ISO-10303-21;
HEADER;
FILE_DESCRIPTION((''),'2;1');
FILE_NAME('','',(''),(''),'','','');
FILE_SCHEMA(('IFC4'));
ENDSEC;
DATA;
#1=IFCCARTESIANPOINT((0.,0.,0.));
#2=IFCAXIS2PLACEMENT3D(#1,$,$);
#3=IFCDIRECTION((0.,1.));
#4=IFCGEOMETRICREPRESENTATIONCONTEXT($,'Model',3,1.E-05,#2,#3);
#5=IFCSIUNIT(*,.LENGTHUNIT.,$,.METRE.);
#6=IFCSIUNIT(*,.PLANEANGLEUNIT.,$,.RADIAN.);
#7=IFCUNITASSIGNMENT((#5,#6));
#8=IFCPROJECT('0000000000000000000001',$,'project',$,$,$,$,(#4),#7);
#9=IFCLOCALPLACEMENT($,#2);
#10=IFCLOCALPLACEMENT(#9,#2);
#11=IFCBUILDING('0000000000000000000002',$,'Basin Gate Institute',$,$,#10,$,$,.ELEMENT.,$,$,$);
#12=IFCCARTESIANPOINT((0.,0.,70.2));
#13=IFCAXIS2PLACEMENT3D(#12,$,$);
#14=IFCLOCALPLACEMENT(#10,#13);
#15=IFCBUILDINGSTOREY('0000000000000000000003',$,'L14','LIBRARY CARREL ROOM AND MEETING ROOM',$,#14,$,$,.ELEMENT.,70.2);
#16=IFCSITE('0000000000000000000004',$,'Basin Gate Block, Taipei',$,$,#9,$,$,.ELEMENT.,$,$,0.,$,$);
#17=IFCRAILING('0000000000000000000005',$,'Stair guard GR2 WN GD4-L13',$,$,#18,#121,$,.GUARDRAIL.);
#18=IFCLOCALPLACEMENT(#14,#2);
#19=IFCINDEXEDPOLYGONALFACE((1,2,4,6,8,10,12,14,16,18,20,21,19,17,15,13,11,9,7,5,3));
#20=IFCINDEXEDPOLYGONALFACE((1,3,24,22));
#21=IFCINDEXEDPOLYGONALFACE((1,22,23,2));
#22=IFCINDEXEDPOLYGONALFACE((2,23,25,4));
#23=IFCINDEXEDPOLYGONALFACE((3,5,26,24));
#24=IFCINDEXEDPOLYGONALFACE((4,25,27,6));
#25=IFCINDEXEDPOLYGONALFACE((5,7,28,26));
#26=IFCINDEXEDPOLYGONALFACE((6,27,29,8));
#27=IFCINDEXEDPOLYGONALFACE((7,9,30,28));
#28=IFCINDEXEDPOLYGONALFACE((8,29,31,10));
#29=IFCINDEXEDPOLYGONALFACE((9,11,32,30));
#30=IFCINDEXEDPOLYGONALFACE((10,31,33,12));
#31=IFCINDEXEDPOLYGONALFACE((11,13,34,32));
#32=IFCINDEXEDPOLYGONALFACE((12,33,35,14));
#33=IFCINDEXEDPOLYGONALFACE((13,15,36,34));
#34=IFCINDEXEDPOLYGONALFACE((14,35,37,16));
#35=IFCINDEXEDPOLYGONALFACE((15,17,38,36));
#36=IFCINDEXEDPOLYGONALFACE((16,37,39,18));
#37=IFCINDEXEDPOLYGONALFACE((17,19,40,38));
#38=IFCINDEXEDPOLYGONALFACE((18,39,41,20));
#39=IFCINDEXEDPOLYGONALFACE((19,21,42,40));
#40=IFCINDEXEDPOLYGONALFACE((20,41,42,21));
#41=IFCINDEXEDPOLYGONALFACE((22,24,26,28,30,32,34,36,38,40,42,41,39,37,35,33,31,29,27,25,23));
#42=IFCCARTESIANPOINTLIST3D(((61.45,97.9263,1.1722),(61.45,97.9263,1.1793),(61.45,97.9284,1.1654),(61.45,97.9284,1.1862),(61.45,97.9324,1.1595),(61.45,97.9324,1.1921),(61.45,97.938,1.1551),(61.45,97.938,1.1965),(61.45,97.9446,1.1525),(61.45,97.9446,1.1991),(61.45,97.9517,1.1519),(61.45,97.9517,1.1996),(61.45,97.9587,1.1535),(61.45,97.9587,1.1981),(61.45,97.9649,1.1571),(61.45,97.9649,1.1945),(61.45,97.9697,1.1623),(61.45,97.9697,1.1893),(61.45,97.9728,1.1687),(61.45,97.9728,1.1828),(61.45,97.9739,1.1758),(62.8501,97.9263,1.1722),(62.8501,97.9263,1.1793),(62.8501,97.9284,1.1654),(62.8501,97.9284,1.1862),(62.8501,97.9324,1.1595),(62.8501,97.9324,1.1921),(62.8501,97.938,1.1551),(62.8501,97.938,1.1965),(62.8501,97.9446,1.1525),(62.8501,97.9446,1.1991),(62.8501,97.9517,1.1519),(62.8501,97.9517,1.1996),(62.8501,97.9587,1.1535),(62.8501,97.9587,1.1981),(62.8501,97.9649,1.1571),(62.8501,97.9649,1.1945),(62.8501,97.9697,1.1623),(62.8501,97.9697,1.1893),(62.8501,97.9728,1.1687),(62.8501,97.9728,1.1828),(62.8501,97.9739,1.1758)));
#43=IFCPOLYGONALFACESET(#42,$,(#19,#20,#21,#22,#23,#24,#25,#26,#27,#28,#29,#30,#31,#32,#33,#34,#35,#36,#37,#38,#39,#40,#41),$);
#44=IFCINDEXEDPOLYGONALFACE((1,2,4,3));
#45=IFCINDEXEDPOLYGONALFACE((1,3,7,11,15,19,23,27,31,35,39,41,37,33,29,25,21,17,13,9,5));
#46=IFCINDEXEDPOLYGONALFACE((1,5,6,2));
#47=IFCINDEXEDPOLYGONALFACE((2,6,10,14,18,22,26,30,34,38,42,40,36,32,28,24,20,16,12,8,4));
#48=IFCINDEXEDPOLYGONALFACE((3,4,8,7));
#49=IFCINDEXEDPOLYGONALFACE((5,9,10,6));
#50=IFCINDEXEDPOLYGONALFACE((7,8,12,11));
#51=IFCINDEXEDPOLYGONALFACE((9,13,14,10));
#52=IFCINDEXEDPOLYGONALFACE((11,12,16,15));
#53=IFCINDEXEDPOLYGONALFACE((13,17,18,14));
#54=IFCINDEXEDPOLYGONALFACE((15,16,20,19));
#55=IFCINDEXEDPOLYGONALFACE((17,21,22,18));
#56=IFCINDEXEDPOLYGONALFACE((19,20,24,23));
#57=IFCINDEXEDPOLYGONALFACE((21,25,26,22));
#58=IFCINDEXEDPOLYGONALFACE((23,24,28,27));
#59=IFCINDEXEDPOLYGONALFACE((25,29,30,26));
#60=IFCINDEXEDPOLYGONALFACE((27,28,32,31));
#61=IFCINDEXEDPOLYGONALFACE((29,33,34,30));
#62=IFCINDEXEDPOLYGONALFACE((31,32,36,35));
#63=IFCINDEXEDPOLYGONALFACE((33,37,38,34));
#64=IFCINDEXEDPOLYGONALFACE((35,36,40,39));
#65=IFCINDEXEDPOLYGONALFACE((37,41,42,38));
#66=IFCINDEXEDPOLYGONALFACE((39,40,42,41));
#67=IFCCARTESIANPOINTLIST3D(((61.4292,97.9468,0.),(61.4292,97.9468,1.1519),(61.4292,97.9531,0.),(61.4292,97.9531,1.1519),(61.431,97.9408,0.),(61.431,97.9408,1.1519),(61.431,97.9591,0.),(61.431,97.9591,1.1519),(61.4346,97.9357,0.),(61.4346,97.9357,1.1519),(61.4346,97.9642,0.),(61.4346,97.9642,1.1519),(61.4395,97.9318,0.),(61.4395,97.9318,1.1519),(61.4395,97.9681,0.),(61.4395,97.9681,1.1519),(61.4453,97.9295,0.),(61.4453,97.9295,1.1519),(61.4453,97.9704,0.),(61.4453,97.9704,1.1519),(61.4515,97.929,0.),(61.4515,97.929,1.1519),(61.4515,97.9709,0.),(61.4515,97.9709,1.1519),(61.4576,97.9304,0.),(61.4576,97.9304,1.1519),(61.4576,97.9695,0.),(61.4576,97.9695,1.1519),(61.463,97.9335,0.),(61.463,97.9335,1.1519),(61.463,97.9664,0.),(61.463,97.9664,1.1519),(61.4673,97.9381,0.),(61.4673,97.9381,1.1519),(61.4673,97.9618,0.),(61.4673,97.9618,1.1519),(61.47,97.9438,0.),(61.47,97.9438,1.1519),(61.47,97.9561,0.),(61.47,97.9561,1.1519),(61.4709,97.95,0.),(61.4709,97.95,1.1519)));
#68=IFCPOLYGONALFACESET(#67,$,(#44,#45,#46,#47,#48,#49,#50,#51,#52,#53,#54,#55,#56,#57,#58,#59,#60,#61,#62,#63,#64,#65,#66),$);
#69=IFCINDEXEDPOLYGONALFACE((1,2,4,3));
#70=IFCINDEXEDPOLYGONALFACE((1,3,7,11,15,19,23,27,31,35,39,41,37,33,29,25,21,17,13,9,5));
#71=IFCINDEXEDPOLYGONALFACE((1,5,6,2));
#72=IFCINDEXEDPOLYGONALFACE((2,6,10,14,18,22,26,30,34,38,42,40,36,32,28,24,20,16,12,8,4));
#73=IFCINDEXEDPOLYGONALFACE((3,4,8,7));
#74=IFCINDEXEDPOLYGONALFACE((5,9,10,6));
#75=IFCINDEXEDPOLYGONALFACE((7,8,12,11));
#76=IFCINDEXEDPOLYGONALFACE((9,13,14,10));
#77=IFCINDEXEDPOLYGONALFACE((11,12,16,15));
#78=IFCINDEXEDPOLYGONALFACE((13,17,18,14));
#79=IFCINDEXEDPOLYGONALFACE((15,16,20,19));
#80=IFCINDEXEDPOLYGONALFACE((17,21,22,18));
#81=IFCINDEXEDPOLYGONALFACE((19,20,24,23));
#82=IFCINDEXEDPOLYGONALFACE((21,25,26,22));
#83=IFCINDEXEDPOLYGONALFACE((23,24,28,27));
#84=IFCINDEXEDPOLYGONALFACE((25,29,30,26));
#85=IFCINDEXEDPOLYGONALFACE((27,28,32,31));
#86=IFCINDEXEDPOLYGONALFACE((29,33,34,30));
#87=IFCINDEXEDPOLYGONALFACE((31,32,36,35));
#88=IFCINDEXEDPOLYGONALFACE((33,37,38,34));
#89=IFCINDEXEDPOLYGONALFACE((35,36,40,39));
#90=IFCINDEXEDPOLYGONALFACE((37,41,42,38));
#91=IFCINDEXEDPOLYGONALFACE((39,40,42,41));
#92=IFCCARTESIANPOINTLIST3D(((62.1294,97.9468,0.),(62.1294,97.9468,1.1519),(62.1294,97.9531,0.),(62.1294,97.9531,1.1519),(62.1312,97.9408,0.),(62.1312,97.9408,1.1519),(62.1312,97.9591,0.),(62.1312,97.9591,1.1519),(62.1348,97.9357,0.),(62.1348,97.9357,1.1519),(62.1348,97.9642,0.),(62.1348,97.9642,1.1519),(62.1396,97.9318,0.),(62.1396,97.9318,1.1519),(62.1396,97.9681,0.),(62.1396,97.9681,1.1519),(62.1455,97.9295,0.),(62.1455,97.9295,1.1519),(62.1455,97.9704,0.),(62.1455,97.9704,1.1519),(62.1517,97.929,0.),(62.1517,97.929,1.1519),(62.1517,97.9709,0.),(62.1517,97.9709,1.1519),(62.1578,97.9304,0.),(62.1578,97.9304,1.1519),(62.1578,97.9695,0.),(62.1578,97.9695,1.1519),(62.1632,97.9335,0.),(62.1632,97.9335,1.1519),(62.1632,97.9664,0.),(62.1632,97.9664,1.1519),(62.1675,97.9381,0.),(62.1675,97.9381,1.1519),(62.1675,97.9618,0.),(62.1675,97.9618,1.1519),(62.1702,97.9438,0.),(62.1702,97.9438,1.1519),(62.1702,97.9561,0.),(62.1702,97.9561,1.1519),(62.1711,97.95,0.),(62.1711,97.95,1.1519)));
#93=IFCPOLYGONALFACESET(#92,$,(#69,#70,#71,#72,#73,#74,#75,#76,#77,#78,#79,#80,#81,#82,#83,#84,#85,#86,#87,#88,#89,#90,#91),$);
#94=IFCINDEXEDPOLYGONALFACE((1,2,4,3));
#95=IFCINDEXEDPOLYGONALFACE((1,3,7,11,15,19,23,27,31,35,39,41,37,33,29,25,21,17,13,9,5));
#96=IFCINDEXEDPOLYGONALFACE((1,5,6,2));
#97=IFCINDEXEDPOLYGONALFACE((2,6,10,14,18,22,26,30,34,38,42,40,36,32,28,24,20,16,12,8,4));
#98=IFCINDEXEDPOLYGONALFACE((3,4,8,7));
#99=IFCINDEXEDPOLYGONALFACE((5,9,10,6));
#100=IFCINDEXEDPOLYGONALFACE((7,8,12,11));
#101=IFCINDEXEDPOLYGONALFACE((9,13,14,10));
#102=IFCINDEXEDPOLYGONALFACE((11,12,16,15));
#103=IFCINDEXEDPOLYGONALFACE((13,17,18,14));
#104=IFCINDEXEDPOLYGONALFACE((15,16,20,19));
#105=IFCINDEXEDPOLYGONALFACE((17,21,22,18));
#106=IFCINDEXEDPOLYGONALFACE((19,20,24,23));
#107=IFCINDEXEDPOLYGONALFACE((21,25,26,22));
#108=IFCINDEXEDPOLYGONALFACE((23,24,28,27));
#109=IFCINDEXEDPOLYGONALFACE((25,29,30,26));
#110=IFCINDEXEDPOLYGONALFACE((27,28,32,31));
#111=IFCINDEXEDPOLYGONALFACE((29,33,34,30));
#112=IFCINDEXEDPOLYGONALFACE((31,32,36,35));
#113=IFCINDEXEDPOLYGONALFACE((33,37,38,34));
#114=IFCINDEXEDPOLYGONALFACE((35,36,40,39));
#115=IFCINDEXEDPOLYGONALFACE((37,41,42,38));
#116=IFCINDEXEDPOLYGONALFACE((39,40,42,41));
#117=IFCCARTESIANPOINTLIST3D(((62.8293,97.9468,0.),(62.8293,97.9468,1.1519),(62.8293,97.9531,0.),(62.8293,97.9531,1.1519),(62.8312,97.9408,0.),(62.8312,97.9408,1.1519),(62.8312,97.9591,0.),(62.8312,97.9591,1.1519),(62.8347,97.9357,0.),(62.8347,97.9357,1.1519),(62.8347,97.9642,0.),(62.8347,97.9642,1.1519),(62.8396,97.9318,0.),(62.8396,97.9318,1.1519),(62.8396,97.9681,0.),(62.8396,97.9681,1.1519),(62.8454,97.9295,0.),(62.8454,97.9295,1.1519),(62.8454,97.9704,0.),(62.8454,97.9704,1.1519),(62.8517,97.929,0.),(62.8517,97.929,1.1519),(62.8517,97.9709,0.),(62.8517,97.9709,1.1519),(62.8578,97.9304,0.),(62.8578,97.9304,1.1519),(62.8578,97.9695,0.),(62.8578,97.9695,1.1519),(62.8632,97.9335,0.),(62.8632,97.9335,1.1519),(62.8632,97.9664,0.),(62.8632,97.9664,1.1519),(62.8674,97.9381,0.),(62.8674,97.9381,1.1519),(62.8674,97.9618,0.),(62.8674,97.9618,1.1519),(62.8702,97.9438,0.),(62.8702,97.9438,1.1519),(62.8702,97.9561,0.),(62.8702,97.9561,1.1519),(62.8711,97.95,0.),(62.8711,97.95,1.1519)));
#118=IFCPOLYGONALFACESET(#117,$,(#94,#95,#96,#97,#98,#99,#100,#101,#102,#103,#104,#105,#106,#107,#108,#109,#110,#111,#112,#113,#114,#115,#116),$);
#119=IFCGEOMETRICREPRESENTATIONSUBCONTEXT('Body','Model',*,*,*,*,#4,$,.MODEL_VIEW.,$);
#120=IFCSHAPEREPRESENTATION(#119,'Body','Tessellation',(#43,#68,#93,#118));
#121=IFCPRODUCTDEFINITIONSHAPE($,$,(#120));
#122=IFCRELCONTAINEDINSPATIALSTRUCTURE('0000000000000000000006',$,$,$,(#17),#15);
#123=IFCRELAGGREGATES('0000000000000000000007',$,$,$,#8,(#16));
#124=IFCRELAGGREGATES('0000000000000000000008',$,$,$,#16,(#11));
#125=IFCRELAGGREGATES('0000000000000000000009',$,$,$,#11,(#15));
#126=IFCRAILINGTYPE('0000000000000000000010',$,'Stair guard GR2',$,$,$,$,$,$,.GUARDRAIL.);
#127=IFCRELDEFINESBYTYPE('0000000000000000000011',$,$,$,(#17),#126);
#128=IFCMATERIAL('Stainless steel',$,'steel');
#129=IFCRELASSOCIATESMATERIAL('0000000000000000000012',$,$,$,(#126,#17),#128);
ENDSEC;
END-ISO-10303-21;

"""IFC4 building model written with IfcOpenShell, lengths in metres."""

from ifc_helpers import new_model, si_unit, direction, frame, origin, origin_2d, place, context, subcontext, project, spatial, circle, extrude, material, type_object, element, save


model = new_model("IFC4")

# Units and contexts
model_context = context("Model", 3, precision=1e-05, world=origin(), true_north=direction((0.0, 1.0)))
body_context = subcontext(model_context, "Body", "Model", "MODEL_VIEW")
ifc_project = project(units=[si_unit("LENGTHUNIT", "METRE"), si_unit("PLANEANGLEUNIT", "RADIAN")], contexts=[model_context])

# Site, building, storey
site_placement = place(None, origin())
site = spatial("IfcSite", under=ifc_project, at=site_placement, Name="Basin Gate Block, Taipei", CompositionType="ELEMENT", RefElevation=0.0)
building_placement = place(site_placement, origin())
building = spatial("IfcBuilding", under=site, at=building_placement, Name="Basin Gate Institute", CompositionType="ELEMENT")
storey_placement = place(building_placement, frame((0.0, 0.0, 70.2)))
storey = spatial("IfcBuildingStorey", under=building, at=storey_placement, Name="L14", Description="LIBRARY CARREL ROOM AND MEETING ROOM", CompositionType="ELEMENT", Elevation=70.2)

# Railing
ifc_material_1 = material(Name="Stainless steel", Category="steel")
railing_type_1 = type_object("IfcRailingType", Name="Stair guard GR2", PredefinedType="GUARDRAIL", material=ifc_material_1)
railing_1_placement = place(storey_placement, frame((61.45, 97.95, 0.0)))
element("IfcRailing", 1, at=railing_1_placement, inside=storey, type_object=railing_type_1, material=ifc_material_1, Name="Stair guard GR2 WN GD4-L13", PredefinedType="GUARDRAIL", context=body_context, shape_type="SweptSolid", body=[
    extrude(circle(Radius=0.0239, at=origin_2d()), frame((0.0, 0.0, 1.1758), z_axis=(1.0, 0.0, 0.0), x_axis=(0.0, 1.0, 0.0)), (0.0, 0.0, 1.0), 1.4001),
    extrude(circle(Radius=0.021, at=origin_2d()), origin(), (0.0, 0.0, 1.0), 1.1519),
    extrude(circle(Radius=0.021, at=origin_2d()), frame((0.7002, 0.0, 0.0)), (0.0, 0.0, 1.0), 1.1519),
    extrude(circle(Radius=0.021, at=origin_2d()), frame((1.4001, 0.0, 0.0)), (0.0, 0.0, 1.0), 1.1519),
])

save(model, "model.ifc")
